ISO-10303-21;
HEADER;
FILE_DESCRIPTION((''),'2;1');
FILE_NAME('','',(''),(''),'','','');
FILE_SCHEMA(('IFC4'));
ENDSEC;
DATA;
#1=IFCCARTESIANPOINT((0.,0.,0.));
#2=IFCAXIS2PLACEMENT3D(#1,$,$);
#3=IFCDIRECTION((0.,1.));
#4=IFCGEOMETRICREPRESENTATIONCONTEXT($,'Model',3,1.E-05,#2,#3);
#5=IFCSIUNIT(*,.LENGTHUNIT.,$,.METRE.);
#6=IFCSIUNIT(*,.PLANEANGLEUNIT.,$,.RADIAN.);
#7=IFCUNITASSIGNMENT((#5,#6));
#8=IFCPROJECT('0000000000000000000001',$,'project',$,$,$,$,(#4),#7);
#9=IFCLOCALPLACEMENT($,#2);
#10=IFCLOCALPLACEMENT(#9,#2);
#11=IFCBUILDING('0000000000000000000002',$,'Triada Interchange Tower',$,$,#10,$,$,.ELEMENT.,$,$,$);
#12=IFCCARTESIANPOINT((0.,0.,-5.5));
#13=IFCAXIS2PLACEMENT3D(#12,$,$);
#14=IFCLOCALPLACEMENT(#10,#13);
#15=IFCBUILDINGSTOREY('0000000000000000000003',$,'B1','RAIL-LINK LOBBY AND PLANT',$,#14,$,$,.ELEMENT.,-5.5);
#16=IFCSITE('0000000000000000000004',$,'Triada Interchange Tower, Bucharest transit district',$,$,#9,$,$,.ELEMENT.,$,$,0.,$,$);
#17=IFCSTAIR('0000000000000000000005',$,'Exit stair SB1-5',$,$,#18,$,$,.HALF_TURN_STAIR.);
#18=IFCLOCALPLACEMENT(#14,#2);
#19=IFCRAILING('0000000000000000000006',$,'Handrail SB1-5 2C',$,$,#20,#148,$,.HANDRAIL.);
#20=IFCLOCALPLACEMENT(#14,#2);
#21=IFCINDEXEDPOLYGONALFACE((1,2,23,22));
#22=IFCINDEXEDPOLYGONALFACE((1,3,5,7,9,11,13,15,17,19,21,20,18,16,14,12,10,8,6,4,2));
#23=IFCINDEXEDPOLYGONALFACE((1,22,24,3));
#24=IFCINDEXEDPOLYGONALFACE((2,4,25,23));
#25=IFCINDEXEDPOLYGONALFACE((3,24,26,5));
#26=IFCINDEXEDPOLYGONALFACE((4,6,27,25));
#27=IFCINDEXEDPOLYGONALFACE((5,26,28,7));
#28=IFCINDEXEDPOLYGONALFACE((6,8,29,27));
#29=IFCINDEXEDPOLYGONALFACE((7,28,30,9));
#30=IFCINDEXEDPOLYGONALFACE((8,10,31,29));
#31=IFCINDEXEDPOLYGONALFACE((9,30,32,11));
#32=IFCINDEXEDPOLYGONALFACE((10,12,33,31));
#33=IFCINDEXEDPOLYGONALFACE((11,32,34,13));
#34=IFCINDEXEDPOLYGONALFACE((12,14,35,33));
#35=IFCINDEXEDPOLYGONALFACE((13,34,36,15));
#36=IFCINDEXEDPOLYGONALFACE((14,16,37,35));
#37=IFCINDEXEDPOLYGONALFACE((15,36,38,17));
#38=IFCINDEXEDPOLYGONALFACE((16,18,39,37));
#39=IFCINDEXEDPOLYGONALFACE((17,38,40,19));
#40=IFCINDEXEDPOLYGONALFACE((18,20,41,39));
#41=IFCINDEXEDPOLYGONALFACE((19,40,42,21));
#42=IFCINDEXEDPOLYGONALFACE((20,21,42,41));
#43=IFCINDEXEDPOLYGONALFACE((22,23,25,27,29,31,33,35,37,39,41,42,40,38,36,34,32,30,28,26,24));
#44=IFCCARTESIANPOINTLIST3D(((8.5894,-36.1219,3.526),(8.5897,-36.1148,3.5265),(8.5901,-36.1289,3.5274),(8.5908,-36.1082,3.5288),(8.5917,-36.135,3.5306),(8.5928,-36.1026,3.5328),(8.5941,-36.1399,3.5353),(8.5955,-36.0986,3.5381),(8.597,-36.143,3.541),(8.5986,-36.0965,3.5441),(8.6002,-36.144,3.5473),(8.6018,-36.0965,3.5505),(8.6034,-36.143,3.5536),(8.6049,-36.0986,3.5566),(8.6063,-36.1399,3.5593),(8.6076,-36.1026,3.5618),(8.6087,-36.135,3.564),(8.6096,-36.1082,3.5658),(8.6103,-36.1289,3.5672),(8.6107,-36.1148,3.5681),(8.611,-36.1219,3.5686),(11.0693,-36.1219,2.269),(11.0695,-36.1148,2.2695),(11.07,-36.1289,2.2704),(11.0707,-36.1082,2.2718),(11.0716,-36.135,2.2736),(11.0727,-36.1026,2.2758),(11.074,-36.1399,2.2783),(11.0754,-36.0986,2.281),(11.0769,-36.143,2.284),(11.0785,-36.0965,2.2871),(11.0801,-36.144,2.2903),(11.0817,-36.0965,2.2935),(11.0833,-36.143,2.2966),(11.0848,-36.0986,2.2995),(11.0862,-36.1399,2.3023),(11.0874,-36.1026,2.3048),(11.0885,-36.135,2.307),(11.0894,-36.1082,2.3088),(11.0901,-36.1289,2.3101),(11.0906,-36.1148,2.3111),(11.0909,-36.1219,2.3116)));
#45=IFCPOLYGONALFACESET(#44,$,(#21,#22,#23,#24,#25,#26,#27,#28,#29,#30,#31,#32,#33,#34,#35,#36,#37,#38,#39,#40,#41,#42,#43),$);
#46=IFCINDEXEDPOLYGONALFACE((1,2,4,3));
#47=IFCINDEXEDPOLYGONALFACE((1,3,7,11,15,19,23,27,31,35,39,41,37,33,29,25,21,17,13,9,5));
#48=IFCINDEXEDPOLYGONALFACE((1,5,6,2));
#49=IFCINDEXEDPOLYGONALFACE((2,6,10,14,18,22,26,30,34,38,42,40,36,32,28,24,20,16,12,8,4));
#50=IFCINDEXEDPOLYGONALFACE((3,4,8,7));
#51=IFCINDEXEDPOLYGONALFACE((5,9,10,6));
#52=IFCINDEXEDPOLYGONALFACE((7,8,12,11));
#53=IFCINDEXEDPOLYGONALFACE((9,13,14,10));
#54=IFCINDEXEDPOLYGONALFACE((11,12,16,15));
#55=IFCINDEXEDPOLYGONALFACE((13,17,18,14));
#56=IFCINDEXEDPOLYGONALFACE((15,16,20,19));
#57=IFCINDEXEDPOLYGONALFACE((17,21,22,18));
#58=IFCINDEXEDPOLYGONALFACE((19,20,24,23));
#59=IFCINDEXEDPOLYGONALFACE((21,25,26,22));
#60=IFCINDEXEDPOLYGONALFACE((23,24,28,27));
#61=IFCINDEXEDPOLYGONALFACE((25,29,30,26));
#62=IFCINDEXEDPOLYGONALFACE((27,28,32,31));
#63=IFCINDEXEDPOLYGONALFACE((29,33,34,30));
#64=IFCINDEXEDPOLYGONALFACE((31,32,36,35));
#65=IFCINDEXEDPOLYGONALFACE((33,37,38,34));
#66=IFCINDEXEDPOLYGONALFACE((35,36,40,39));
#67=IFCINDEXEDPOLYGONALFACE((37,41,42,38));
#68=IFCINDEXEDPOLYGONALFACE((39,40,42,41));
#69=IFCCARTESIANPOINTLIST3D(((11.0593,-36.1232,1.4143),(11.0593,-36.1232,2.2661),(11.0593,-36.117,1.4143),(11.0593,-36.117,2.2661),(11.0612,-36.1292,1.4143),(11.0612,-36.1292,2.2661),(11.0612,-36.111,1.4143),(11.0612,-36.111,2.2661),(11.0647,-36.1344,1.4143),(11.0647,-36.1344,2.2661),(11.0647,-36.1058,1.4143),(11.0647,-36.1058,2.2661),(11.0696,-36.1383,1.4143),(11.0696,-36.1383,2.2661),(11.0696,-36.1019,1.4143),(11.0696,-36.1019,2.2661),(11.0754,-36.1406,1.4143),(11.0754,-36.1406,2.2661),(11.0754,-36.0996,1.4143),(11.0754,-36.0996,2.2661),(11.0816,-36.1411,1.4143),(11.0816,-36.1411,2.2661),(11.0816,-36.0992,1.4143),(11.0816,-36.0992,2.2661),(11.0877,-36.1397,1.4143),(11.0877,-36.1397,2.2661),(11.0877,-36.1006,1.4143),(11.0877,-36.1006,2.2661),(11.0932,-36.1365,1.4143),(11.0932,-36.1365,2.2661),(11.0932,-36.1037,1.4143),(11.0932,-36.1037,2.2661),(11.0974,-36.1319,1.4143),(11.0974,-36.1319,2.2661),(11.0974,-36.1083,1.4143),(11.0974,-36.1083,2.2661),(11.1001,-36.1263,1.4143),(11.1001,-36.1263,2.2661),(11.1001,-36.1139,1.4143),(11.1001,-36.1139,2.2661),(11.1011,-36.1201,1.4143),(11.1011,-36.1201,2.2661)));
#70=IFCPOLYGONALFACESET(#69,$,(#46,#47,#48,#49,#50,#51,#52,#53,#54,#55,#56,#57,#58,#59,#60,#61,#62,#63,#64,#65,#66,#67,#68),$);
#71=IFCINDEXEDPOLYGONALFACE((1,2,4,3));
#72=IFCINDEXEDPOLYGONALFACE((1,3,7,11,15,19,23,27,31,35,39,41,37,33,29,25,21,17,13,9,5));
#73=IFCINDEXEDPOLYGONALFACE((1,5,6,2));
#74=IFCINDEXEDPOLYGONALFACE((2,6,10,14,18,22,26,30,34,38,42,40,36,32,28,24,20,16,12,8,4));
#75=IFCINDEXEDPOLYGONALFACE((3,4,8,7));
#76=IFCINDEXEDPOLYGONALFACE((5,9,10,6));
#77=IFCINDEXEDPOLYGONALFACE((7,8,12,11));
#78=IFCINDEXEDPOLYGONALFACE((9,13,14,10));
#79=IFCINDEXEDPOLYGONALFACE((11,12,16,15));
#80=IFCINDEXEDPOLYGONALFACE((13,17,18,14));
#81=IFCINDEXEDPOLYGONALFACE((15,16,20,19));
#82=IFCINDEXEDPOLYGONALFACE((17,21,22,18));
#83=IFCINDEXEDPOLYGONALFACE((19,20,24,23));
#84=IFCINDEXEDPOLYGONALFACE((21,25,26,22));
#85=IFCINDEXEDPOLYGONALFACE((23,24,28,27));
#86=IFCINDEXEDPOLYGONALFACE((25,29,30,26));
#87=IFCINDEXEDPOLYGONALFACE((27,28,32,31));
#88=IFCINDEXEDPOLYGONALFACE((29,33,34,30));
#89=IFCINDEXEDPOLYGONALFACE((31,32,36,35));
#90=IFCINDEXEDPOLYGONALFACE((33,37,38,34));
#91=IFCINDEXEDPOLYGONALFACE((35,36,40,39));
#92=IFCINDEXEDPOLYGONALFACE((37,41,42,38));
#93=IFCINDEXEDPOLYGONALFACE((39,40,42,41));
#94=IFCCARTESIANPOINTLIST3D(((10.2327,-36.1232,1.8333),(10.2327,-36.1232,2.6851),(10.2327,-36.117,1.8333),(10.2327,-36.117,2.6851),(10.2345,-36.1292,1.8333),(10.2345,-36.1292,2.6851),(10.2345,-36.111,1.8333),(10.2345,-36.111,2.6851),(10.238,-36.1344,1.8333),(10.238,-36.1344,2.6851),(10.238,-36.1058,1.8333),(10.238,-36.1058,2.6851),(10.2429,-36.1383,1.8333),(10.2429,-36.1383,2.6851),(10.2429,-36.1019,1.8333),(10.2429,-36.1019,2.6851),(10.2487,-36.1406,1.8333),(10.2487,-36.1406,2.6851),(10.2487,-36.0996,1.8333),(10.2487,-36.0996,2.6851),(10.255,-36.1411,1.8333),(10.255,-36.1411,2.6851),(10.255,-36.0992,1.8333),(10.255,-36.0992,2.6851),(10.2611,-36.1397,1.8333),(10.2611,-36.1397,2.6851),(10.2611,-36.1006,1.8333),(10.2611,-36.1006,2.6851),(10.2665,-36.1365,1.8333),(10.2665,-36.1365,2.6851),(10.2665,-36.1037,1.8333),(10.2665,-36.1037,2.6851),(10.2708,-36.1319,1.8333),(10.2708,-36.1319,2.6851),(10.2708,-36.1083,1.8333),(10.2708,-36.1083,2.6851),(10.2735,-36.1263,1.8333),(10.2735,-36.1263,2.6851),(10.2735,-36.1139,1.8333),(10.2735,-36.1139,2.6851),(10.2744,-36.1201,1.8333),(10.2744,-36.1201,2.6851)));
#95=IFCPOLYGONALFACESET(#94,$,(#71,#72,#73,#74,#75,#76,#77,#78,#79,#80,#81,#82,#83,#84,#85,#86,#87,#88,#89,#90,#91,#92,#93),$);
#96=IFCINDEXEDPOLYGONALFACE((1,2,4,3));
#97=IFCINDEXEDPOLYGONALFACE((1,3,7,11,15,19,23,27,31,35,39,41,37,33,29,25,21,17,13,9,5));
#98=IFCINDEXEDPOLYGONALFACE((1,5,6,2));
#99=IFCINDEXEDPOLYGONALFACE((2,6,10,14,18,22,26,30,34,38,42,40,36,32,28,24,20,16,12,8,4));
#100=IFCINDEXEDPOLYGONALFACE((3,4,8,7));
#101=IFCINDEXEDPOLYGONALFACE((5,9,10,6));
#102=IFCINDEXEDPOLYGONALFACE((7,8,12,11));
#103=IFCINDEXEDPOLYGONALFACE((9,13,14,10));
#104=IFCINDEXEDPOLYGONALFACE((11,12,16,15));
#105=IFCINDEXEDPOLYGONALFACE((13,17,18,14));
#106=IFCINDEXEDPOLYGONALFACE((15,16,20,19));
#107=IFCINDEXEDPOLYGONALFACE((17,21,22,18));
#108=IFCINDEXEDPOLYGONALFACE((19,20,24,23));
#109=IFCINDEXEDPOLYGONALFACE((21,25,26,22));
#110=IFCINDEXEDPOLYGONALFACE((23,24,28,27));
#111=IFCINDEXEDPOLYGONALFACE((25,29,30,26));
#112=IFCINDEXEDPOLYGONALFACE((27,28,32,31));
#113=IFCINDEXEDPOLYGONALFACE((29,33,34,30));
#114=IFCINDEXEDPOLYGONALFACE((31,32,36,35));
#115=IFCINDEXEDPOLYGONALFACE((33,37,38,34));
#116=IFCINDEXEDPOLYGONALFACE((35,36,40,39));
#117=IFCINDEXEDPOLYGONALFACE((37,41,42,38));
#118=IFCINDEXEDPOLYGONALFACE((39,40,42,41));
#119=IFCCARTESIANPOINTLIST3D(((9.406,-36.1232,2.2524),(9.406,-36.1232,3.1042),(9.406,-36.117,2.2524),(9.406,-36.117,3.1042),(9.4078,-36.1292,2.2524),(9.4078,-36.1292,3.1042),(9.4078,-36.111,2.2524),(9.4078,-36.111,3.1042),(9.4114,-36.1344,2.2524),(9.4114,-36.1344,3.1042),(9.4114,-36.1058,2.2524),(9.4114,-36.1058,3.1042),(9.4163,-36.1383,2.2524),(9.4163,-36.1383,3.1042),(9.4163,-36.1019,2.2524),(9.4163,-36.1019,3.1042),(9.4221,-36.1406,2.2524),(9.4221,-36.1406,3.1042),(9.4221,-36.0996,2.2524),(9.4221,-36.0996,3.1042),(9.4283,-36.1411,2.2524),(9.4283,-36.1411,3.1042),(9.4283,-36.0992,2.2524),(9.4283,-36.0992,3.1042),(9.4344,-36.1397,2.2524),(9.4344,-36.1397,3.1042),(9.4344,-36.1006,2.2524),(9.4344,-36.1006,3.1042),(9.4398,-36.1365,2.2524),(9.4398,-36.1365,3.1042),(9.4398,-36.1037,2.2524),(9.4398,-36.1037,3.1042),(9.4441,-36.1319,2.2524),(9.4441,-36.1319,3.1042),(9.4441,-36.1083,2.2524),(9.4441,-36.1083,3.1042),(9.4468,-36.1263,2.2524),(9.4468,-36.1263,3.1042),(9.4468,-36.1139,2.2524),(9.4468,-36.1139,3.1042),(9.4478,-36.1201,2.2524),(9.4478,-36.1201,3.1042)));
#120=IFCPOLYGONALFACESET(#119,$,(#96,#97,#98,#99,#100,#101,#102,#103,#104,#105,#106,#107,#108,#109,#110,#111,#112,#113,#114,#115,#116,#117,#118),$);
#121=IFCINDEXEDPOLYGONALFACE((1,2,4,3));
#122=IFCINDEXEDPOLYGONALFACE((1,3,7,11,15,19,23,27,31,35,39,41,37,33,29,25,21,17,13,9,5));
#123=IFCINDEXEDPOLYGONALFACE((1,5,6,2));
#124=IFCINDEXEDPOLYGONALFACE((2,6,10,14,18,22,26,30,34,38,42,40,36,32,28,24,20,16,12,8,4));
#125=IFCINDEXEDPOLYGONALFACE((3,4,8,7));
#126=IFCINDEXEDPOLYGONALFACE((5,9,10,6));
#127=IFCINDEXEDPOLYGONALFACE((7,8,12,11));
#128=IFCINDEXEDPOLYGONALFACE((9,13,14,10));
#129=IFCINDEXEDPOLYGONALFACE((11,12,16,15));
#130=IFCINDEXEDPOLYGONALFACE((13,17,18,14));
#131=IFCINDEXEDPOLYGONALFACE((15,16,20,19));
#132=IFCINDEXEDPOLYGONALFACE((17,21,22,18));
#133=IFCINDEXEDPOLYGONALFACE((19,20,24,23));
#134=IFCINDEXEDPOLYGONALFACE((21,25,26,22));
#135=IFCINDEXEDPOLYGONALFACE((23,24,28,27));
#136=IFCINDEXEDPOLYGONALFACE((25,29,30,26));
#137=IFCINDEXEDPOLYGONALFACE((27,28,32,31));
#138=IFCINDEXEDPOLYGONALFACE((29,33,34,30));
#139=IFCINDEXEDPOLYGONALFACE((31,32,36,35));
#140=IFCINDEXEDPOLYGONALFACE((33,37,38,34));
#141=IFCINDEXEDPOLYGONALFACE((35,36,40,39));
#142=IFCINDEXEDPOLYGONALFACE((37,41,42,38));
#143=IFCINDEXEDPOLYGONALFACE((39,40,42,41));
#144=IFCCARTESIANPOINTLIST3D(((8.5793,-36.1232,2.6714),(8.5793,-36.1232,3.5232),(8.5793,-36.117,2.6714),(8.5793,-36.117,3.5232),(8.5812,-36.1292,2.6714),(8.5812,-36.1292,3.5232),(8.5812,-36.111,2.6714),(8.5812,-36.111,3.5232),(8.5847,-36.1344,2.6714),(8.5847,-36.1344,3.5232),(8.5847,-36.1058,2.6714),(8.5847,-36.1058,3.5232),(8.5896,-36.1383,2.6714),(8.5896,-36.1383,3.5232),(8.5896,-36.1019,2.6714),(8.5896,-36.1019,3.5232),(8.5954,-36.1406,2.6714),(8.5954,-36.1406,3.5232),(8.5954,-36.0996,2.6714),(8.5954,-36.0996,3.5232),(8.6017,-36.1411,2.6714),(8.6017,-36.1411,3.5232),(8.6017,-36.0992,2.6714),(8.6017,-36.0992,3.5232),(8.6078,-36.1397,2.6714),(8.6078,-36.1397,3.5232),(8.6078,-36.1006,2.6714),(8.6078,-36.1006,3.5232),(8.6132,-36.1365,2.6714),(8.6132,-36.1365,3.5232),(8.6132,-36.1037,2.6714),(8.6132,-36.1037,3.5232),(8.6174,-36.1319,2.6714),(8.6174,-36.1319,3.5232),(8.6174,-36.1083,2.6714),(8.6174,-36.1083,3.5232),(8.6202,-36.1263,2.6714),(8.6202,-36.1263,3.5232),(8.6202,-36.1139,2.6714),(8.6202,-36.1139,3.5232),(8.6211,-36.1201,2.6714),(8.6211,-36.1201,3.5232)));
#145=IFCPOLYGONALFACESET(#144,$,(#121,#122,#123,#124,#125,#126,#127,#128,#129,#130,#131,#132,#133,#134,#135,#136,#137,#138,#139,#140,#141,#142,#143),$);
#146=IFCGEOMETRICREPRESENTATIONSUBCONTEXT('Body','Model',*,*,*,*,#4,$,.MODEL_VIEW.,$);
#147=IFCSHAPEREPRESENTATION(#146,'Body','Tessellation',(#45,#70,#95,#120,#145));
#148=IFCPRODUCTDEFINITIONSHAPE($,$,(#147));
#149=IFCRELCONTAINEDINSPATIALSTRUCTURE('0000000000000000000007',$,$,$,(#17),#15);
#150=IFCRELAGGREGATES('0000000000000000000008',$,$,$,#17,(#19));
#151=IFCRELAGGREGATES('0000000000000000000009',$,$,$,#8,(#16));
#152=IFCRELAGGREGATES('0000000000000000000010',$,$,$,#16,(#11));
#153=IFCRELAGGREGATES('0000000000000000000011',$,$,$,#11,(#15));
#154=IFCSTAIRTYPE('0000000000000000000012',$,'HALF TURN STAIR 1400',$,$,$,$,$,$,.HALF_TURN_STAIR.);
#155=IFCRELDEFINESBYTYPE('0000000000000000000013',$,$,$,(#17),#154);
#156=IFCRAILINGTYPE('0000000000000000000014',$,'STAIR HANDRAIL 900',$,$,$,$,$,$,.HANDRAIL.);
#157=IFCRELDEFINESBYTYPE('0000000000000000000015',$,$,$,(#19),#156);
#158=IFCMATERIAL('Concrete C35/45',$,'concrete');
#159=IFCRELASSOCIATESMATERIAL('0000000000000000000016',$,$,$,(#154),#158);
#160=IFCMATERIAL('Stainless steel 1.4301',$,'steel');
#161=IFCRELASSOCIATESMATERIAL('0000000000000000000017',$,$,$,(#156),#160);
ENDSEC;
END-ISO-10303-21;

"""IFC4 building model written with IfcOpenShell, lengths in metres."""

from ifc_helpers import new_model, si_unit, direction, frame, origin, origin_2d, place, context, subcontext, project, spatial, circle, extrude, material, type_object, element, aggregate, save


model = new_model("IFC4")

# Units and contexts
model_context = context("Model", 3, precision=1e-05, world=origin(), true_north=direction((0.0, 1.0)))
body_context = subcontext(model_context, "Body", "Model", "MODEL_VIEW")
ifc_project = project(units=[si_unit("LENGTHUNIT", "METRE"), si_unit("PLANEANGLEUNIT", "RADIAN")], contexts=[model_context])

# Site, building, storey
site_placement = place(None, origin())
site = spatial("IfcSite", under=ifc_project, at=site_placement, Name="Triada Interchange Tower, Bucharest transit district", CompositionType="ELEMENT", RefElevation=0.0)
building_placement = place(site_placement, origin())
building = spatial("IfcBuilding", under=site, at=building_placement, Name="Triada Interchange Tower", CompositionType="ELEMENT")
storey_placement = place(building_placement, frame((0.0, 0.0, -5.5)))
storey = spatial("IfcBuildingStorey", under=building, at=storey_placement, Name="B1", Description="RAIL-LINK LOBBY AND PLANT", CompositionType="ELEMENT", Elevation=-5.5)

# Shared definitions
ifc_material_1 = material(Name="Concrete C35/45", Category="concrete")

# Stair
stair_type = type_object("IfcStairType", Name="HALF TURN STAIR 1400", PredefinedType="HALF_TURN_STAIR", material=ifc_material_1)
stair_1_placement = place(storey_placement, origin())
stair_1 = element("IfcStair", 1, at=stair_1_placement, inside=storey, type_object=stair_type, Name="Exit stair SB1-5", PredefinedType="HALF_TURN_STAIR")

# Railing
ifc_material_2 = material(Name="Stainless steel 1.4301", Category="steel")
railing_type_1 = type_object("IfcRailingType", Name="STAIR HANDRAIL 900", PredefinedType="HANDRAIL", material=ifc_material_2)
railing_1_placement = place(storey_placement, frame((11.0801, -36.1201, 1.4143)))
railing_1 = element("IfcRailing", 2, at=railing_1_placement, type_object=railing_type_1, Name="Handrail SB1-5 2C", PredefinedType="HANDRAIL", context=body_context, shape_type="SweptSolid", body=[
    extrude(circle(Radius=0.0239, at=origin_2d()), frame((0.0, 0.0, 0.876), z_axis=(-0.891955, 0.0, 0.452124), x_axis=(0.0, -1.0, 0.0)), (0.0, 0.0, 1.0), 2.7803),
    extrude(circle(Radius=0.021, at=origin_2d()), origin(), (0.0, 0.0, 1.0), 0.8518),
    extrude(circle(Radius=0.021, at=origin_2d()), frame((-0.8267, 0.0, 0.4189)), (0.0, 0.0, 1.0), 0.8518),
    extrude(circle(Radius=0.021, at=origin_2d()), frame((-1.6533, 0.0, 0.8381)), (0.0, 0.0, 1.0), 0.8518),
    extrude(circle(Radius=0.021, at=origin_2d()), frame((-2.48, 0.0, 1.2571)), (0.0, 0.0, 1.0), 0.8518),
])
aggregate(stair_1, [railing_1])

save(model, "model.ifc")
